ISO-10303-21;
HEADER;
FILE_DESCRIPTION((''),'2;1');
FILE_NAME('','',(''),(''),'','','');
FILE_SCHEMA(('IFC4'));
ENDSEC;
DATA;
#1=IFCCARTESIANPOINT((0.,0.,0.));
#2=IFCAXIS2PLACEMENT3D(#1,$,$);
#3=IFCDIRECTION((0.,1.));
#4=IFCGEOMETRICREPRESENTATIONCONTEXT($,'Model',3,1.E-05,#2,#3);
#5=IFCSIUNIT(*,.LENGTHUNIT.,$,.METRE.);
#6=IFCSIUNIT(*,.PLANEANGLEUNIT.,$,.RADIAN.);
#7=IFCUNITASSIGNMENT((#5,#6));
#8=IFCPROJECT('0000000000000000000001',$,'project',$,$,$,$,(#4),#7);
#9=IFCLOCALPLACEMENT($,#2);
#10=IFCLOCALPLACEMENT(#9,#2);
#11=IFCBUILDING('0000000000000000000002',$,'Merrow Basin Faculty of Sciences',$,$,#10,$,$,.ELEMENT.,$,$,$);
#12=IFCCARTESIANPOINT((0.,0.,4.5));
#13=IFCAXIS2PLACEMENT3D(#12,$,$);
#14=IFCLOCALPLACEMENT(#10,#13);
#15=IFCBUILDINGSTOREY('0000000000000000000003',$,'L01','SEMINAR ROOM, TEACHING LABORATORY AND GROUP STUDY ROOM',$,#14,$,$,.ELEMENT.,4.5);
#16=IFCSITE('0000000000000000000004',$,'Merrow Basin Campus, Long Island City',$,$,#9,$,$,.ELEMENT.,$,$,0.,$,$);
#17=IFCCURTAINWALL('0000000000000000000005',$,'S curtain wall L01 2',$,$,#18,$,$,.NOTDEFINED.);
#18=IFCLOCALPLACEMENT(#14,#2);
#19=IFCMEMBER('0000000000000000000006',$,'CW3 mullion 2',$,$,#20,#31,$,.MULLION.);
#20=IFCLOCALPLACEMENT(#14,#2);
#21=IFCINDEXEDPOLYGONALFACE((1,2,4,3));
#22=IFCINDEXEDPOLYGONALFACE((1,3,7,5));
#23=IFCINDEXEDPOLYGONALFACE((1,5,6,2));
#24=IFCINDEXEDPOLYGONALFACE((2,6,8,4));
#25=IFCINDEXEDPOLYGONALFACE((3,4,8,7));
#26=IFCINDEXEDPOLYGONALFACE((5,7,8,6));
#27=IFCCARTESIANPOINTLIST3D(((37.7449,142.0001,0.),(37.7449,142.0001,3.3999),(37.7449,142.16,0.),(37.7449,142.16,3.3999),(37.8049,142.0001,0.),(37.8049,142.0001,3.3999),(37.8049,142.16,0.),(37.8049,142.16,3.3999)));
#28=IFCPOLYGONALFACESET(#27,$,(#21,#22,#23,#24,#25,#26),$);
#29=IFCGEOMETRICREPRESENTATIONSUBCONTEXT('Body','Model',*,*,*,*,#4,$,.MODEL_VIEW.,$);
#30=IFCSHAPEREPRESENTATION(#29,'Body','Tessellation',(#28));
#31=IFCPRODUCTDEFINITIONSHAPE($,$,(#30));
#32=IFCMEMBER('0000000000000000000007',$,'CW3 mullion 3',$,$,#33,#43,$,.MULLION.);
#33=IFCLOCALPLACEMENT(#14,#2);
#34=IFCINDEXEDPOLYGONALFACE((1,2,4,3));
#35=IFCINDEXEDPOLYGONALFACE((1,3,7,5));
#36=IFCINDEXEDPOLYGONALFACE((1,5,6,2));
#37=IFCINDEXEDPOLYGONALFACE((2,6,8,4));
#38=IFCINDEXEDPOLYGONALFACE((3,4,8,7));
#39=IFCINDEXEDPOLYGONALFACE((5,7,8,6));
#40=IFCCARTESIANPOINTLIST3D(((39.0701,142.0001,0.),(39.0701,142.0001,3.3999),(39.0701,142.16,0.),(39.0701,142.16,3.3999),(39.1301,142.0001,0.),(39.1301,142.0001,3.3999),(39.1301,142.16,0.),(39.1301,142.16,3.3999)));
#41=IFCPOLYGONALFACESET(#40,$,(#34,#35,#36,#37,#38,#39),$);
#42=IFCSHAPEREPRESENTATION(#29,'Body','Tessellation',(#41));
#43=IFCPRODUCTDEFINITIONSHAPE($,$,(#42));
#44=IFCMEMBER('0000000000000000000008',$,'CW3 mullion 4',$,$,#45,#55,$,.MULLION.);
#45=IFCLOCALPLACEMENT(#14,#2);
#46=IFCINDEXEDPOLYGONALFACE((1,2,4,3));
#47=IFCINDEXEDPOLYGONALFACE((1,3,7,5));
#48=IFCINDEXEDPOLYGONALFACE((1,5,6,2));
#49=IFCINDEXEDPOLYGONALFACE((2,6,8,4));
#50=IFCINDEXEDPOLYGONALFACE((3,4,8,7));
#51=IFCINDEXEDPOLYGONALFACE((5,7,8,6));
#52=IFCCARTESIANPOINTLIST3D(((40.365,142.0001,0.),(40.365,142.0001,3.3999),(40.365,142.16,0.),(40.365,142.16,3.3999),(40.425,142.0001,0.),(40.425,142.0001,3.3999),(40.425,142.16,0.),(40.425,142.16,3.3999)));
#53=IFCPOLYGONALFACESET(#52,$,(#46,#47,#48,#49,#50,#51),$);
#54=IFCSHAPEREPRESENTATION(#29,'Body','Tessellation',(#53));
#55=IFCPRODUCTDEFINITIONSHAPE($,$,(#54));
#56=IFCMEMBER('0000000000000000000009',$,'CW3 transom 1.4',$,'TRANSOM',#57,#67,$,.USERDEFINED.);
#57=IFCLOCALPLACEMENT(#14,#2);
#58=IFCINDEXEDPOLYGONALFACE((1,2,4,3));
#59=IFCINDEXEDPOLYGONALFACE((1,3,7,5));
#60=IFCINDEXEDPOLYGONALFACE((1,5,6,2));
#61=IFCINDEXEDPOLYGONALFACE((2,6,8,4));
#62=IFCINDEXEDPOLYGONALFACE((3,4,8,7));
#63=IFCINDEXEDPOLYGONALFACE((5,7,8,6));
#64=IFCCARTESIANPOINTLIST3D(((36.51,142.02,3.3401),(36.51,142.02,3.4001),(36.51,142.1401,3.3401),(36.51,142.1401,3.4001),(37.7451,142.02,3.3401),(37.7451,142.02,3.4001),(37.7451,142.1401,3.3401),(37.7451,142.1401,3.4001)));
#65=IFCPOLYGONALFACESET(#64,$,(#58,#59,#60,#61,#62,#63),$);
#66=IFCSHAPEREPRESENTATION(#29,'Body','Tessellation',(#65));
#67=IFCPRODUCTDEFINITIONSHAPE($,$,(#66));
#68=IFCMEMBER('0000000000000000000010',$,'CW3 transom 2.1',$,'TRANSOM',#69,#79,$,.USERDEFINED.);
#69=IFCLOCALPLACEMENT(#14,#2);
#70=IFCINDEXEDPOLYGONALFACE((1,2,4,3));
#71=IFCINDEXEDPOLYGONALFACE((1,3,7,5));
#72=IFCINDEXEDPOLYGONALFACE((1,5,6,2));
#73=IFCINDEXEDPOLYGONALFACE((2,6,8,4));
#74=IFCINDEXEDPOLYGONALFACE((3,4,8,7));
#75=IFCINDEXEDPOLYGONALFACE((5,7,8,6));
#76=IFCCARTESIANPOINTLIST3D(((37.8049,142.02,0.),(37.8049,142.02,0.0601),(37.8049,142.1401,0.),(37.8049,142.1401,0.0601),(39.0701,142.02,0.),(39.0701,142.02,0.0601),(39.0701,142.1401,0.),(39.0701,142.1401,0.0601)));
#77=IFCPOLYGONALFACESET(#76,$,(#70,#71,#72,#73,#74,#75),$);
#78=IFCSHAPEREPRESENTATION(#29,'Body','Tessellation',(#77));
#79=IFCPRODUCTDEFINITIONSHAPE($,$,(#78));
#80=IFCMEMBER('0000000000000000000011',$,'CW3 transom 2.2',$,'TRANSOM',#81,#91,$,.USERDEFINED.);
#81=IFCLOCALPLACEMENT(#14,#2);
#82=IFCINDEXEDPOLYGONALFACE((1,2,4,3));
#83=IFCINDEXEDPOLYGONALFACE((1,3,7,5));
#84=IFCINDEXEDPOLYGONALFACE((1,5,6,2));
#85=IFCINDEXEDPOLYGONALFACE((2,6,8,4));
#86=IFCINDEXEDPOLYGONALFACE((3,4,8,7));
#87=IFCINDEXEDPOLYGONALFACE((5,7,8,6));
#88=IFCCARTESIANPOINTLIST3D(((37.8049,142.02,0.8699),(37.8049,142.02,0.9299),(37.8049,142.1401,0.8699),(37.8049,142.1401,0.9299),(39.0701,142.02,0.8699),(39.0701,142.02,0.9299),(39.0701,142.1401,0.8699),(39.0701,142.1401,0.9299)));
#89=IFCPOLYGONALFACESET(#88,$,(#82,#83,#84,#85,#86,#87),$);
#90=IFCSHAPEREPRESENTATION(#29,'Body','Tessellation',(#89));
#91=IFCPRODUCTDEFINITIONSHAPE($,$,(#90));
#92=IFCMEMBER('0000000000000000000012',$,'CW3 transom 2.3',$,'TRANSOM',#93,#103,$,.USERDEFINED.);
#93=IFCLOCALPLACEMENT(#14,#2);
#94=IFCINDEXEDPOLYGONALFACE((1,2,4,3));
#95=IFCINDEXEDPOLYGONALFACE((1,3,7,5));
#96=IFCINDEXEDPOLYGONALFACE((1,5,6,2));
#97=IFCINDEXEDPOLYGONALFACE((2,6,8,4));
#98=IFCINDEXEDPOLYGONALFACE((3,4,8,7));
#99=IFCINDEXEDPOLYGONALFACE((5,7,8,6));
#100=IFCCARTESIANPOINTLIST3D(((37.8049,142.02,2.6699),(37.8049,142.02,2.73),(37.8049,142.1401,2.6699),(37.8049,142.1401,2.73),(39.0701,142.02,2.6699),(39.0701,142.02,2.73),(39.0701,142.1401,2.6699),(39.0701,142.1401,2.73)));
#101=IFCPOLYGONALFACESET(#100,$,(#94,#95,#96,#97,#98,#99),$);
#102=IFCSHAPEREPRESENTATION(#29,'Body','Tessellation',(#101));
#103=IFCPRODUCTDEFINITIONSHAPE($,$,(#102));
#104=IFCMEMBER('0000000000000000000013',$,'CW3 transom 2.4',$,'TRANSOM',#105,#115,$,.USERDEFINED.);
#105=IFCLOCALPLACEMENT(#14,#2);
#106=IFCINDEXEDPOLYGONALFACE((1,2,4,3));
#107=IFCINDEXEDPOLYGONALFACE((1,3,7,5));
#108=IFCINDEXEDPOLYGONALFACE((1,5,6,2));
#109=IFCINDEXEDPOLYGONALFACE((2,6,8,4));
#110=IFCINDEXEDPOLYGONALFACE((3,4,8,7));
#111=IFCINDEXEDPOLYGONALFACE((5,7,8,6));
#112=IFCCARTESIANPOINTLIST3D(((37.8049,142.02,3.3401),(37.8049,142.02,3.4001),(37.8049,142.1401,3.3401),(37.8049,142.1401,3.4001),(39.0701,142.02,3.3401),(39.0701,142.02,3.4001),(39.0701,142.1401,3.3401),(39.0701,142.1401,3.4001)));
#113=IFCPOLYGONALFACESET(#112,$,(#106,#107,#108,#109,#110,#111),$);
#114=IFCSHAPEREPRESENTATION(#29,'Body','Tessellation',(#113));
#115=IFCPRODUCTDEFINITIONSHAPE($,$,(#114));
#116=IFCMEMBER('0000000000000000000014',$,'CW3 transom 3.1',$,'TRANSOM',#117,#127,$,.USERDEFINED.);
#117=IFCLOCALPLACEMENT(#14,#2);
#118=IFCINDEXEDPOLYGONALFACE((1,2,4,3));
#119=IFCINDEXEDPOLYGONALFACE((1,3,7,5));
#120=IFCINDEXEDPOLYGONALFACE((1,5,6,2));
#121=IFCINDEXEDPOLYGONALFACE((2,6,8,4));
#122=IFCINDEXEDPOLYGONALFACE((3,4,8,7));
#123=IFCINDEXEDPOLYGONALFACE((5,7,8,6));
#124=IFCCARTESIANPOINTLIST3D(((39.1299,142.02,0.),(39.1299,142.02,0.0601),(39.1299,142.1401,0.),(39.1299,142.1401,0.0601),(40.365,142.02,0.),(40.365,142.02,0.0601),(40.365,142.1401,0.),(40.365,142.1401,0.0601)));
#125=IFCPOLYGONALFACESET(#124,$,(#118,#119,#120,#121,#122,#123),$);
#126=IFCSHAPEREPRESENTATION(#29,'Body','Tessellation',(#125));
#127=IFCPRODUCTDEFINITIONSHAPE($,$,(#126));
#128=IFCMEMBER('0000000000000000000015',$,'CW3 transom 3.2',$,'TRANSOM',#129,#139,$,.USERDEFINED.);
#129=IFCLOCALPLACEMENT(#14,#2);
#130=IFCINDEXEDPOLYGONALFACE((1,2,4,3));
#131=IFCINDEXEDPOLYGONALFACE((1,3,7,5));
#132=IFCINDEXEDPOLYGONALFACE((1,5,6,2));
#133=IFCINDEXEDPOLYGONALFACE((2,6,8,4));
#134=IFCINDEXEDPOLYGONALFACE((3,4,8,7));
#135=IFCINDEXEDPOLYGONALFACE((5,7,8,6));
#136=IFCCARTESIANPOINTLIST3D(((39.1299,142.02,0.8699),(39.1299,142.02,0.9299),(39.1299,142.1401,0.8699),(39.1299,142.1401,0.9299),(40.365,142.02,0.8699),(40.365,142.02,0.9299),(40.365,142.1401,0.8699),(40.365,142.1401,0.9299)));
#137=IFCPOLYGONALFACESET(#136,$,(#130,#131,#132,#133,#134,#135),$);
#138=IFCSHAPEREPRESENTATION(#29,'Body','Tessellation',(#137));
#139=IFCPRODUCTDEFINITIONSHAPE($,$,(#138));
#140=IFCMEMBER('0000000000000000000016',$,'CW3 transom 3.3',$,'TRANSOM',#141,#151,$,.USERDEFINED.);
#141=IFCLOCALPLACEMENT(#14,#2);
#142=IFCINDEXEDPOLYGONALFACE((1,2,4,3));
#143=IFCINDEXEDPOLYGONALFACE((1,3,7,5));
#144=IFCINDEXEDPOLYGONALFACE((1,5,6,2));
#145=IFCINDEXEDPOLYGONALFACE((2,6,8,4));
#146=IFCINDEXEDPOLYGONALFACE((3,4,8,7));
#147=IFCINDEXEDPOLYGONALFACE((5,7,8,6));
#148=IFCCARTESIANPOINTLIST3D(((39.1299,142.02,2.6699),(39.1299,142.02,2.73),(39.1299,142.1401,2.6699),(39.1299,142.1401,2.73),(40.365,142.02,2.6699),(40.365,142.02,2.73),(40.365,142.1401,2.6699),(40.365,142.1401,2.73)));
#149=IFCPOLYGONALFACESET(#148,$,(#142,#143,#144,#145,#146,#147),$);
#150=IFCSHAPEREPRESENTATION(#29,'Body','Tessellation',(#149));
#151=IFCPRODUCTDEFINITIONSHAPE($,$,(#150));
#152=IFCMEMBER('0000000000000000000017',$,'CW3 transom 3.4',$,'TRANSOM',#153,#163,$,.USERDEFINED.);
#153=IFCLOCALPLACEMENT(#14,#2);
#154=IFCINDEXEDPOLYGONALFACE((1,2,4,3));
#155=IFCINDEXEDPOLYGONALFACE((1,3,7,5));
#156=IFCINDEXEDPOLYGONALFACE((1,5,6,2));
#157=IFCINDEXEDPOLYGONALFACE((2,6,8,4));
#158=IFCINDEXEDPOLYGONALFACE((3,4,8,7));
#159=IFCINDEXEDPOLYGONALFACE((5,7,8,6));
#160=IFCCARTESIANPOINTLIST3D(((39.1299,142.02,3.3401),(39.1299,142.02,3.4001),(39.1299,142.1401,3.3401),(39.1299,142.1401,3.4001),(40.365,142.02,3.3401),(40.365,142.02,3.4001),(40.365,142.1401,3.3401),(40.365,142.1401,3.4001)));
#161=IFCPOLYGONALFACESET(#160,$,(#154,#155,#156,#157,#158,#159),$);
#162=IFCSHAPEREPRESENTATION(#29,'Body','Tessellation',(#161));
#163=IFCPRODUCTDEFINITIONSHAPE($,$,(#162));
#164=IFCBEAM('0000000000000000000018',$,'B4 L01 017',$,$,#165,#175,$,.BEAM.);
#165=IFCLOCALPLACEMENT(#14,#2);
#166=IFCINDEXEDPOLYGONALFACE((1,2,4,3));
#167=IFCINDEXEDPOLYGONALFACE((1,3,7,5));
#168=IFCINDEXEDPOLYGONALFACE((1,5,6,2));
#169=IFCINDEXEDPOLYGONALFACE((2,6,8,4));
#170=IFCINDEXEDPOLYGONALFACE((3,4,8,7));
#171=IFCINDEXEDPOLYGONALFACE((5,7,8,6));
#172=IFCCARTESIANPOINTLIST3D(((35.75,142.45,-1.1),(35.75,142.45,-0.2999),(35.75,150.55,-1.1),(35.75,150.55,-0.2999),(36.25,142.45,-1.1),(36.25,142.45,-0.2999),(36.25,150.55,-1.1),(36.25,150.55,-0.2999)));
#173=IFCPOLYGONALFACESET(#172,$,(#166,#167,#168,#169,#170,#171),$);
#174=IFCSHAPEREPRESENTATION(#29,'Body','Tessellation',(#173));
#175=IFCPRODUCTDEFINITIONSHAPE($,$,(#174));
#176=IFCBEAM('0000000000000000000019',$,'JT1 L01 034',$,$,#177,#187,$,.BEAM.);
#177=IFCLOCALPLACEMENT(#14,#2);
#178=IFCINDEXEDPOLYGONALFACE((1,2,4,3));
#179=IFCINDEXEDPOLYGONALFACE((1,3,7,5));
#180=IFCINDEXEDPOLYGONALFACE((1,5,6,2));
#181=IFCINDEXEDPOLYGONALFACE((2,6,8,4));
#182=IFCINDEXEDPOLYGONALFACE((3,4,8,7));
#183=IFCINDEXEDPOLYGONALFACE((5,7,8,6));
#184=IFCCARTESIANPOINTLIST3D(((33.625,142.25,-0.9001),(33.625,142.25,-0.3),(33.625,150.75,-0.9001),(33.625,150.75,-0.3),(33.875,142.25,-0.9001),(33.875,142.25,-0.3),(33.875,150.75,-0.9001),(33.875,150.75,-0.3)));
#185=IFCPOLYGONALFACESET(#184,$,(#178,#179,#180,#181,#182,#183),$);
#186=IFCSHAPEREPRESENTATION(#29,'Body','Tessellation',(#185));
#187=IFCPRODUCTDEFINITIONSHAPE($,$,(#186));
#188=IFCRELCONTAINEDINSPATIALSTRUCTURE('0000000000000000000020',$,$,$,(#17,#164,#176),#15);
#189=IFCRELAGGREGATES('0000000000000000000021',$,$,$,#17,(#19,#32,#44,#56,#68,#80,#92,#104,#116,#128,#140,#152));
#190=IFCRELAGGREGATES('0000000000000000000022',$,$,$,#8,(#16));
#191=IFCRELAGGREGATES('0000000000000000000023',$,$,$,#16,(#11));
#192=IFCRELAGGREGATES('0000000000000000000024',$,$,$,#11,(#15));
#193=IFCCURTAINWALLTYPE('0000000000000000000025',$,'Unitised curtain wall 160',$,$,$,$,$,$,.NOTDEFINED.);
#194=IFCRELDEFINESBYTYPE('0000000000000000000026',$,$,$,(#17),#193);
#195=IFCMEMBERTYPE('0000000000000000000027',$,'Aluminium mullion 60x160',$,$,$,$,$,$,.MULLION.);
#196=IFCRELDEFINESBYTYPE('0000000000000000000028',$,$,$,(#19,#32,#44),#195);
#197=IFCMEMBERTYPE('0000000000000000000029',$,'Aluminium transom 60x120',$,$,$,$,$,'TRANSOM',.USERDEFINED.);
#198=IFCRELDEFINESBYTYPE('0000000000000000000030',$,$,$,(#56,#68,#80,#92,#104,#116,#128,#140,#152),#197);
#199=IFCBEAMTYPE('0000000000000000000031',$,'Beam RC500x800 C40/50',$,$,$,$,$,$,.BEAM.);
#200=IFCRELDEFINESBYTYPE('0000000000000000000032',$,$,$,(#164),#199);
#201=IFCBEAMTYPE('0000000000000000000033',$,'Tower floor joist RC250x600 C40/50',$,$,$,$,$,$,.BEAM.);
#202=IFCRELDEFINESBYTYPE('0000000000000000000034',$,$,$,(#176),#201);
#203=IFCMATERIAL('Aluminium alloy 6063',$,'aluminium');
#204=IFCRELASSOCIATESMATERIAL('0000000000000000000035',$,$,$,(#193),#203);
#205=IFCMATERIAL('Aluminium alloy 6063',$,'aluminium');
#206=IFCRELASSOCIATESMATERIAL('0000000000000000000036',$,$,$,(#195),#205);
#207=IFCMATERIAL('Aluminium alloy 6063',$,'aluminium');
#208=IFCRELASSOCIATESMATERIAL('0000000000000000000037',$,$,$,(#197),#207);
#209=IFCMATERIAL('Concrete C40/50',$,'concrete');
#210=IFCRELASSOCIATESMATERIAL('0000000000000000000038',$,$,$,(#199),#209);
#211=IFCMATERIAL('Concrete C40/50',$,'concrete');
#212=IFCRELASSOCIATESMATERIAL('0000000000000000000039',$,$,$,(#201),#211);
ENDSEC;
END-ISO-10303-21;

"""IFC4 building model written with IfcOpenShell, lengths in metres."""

from ifc_helpers import new_model, si_unit, direction, frame, origin, origin_2d, place, context, subcontext, project, spatial, rectangle, extrude, material, material_profile, profile_set, type_object, element, aggregate, save


model = new_model("IFC4")

# Units and contexts
model_context = context("Model", 3, precision=1e-05, world=origin(), true_north=direction((0.0, 1.0)))
body_context = subcontext(model_context, "Body", "Model", "MODEL_VIEW")
ifc_project = project(units=[si_unit("LENGTHUNIT", "METRE"), si_unit("PLANEANGLEUNIT", "RADIAN")], contexts=[model_context])

# Site, building, storey
site_placement = place(None, origin())
site = spatial("IfcSite", under=ifc_project, at=site_placement, Name="Merrow Basin Campus, Long Island City", CompositionType="ELEMENT", RefElevation=0.0)
building_placement = place(site_placement, origin())
building = spatial("IfcBuilding", under=site, at=building_placement, Name="Merrow Basin Faculty of Sciences", CompositionType="ELEMENT")
storey_placement = place(building_placement, frame((0.0, 0.0, 4.5)))
storey = spatial("IfcBuildingStorey", under=building, at=storey_placement, Name="L01", Description="SEMINAR ROOM, TEACHING LABORATORY AND GROUP STUDY ROOM", CompositionType="ELEMENT", Elevation=4.5)

# Curtain wall, members
ifc_material_1 = material(Name="Aluminium alloy 6063", Category="aluminium")
curtain_wall_type = type_object("IfcCurtainWallType", Name="Unitised curtain wall 160", PredefinedType="NOTDEFINED", material=ifc_material_1)
curtain_wall_placement = place(storey_placement, origin())
curtain_wall = element("IfcCurtainWall", 1, at=curtain_wall_placement, inside=storey, type_object=curtain_wall_type, Name="S curtain wall L01 2", PredefinedType="NOTDEFINED")
ifc_material_2 = material(Name="Aluminium alloy 6063", Category="aluminium")
ifc_material_profile_1 = material_profile(ifc_material_2, rectangle(XDim=0.1599, YDim=0.0601, at=origin_2d()))
ifc_profile_set_1 = profile_set([ifc_material_profile_1], Name="Aluminium alloy 6063")
member_type_1 = type_object("IfcMemberType", Name="Aluminium mullion 60x160", PredefinedType="MULLION", material=ifc_profile_set_1)
member_1_placement = place(storey_placement, frame((37.7749, 142.0801, 0.0), z_axis=(0.0, 0.0, 1.0), x_axis=(0.0, 1.0, 0.0)))
member_1 = element("IfcMember", 2, at=member_1_placement, type_object=member_type_1, Name="CW3 mullion 2", PredefinedType="MULLION", context=body_context, shape_type="SweptSolid", body=[
    extrude(rectangle(XDim=0.1599, YDim=0.0601, at=origin_2d()), origin(), (0.0, 0.0, 1.0), 3.3999),
])
member_2_placement = place(storey_placement, frame((39.1001, 142.0801, 0.0), z_axis=(0.0, 0.0, 1.0), x_axis=(0.0, 1.0, 0.0)))
member_2 = element("IfcMember", 3, at=member_2_placement, type_object=member_type_1, Name="CW3 mullion 3", PredefinedType="MULLION", context=body_context, shape_type="SweptSolid", body=[
    extrude(rectangle(XDim=0.1599, YDim=0.0601, at=origin_2d()), origin(), (0.0, 0.0, 1.0), 3.3999),
])
member_3_placement = place(storey_placement, frame((40.395, 142.0801, 0.0), z_axis=(0.0, 0.0, 1.0), x_axis=(0.0, 1.0, 0.0)))
member_3 = element("IfcMember", 4, at=member_3_placement, type_object=member_type_1, Name="CW3 mullion 4", PredefinedType="MULLION", context=body_context, shape_type="SweptSolid", body=[
    extrude(rectangle(XDim=0.1599, YDim=0.0601, at=origin_2d()), origin(), (0.0, 0.0, 1.0), 3.3999),
])
ifc_material_3 = material(Name="Aluminium alloy 6063", Category="aluminium")
ifc_material_profile_2 = material_profile(ifc_material_3, rectangle(XDim=0.1201, YDim=0.0601, at=origin_2d()))
ifc_profile_set_2 = profile_set([ifc_material_profile_2], Name="Aluminium alloy 6063")
member_type_2 = type_object("IfcMemberType", Name="Aluminium transom 60x120", ElementType="TRANSOM", PredefinedType="USERDEFINED", material=ifc_profile_set_2)
member_4_placement = place(storey_placement, frame((36.51, 142.0801, 3.3701), z_axis=(1.0, 0.0, 0.0), x_axis=(0.0, 1.0, 0.0)))
member_4 = element("IfcMember", 5, at=member_4_placement, type_object=member_type_2, Name="CW3 transom 1.4", ObjectType="TRANSOM", PredefinedType="USERDEFINED", context=body_context, shape_type="SweptSolid", body=[
    extrude(rectangle(XDim=0.1201, YDim=0.0601, at=origin_2d()), origin(), (0.0, 0.0, 1.0), 1.2351),
])
member_5_placement = place(storey_placement, frame((37.8049, 142.0801, 0.03), z_axis=(1.0, 0.0, 0.0), x_axis=(0.0, 1.0, 0.0)))
member_5 = element("IfcMember", 6, at=member_5_placement, type_object=member_type_2, Name="CW3 transom 2.1", ObjectType="TRANSOM", PredefinedType="USERDEFINED", context=body_context, shape_type="SweptSolid", body=[
    extrude(rectangle(XDim=0.1201, YDim=0.0601, at=origin_2d()), origin(), (0.0, 0.0, 1.0), 1.2651),
])
member_6_placement = place(storey_placement, frame((37.8049, 142.0801, 0.8999), z_axis=(1.0, 0.0, 0.0), x_axis=(0.0, 1.0, 0.0)))
member_6 = element("IfcMember", 7, at=member_6_placement, type_object=member_type_2, Name="CW3 transom 2.2", ObjectType="TRANSOM", PredefinedType="USERDEFINED", context=body_context, shape_type="SweptSolid", body=[
    extrude(rectangle(XDim=0.1201, YDim=0.0601, at=origin_2d()), origin(), (0.0, 0.0, 1.0), 1.2651),
])
member_7_placement = place(storey_placement, frame((37.8049, 142.0801, 2.7), z_axis=(1.0, 0.0, 0.0), x_axis=(0.0, 1.0, 0.0)))
member_7 = element("IfcMember", 8, at=member_7_placement, type_object=member_type_2, Name="CW3 transom 2.3", ObjectType="TRANSOM", PredefinedType="USERDEFINED", context=body_context, shape_type="SweptSolid", body=[
    extrude(rectangle(XDim=0.1201, YDim=0.0601, at=origin_2d()), origin(), (0.0, 0.0, 1.0), 1.2651),
])
member_8_placement = place(storey_placement, frame((37.8049, 142.0801, 3.3701), z_axis=(1.0, 0.0, 0.0), x_axis=(0.0, 1.0, 0.0)))
member_8 = element("IfcMember", 9, at=member_8_placement, type_object=member_type_2, Name="CW3 transom 2.4", ObjectType="TRANSOM", PredefinedType="USERDEFINED", context=body_context, shape_type="SweptSolid", body=[
    extrude(rectangle(XDim=0.1201, YDim=0.0601, at=origin_2d()), origin(), (0.0, 0.0, 1.0), 1.2651),
])
member_9_placement = place(storey_placement, frame((39.1299, 142.0801, 0.03), z_axis=(1.0, 0.0, 0.0), x_axis=(0.0, 1.0, 0.0)))
member_9 = element("IfcMember", 10, at=member_9_placement, type_object=member_type_2, Name="CW3 transom 3.1", ObjectType="TRANSOM", PredefinedType="USERDEFINED", context=body_context, shape_type="SweptSolid", body=[
    extrude(rectangle(XDim=0.1201, YDim=0.0601, at=origin_2d()), origin(), (0.0, 0.0, 1.0), 1.2351),
])
member_10_placement = place(storey_placement, frame((39.1299, 142.0801, 0.8999), z_axis=(1.0, 0.0, 0.0), x_axis=(0.0, 1.0, 0.0)))
member_10 = element("IfcMember", 11, at=member_10_placement, type_object=member_type_2, Name="CW3 transom 3.2", ObjectType="TRANSOM", PredefinedType="USERDEFINED", context=body_context, shape_type="SweptSolid", body=[
    extrude(rectangle(XDim=0.1201, YDim=0.0601, at=origin_2d()), origin(), (0.0, 0.0, 1.0), 1.2351),
])
member_11_placement = place(storey_placement, frame((39.1299, 142.0801, 2.7), z_axis=(1.0, 0.0, 0.0), x_axis=(0.0, 1.0, 0.0)))
member_11 = element("IfcMember", 12, at=member_11_placement, type_object=member_type_2, Name="CW3 transom 3.3", ObjectType="TRANSOM", PredefinedType="USERDEFINED", context=body_context, shape_type="SweptSolid", body=[
    extrude(rectangle(XDim=0.1201, YDim=0.0601, at=origin_2d()), origin(), (0.0, 0.0, 1.0), 1.2351),
])
member_12_placement = place(storey_placement, frame((39.1299, 142.0801, 3.3701), z_axis=(1.0, 0.0, 0.0), x_axis=(0.0, 1.0, 0.0)))
member_12 = element("IfcMember", 13, at=member_12_placement, type_object=member_type_2, Name="CW3 transom 3.4", ObjectType="TRANSOM", PredefinedType="USERDEFINED", context=body_context, shape_type="SweptSolid", body=[
    extrude(rectangle(XDim=0.1201, YDim=0.0601, at=origin_2d()), origin(), (0.0, 0.0, 1.0), 1.2351),
])

# Beams
ifc_material_4 = material(Name="Concrete C40/50", Category="concrete")
ifc_material_profile_3 = material_profile(ifc_material_4, rectangle(XDim=0.5, YDim=0.8, at=origin_2d()))
ifc_profile_set_3 = profile_set([ifc_material_profile_3], Name="Concrete C40/50")
beam_type_1 = type_object("IfcBeamType", Name="Beam RC500x800 C40/50", PredefinedType="BEAM", material=ifc_profile_set_3)
beam_placement = place(storey_placement, frame((36.0, 142.45, -0.7), z_axis=(0.0, 1.0, 0.0), x_axis=(-1.0, 0.0, 0.0)))
element("IfcBeam", 14, at=beam_placement, inside=storey, type_object=beam_type_1, Name="B4 L01 017", PredefinedType="BEAM", context=body_context, shape_type="SweptSolid", body=[
    extrude(rectangle(XDim=0.5, YDim=0.8, at=origin_2d()), origin(), (0.0, 0.0, 1.0), 8.1001),
])
ifc_material_5 = material(Name="Concrete C40/50", Category="concrete")
ifc_material_profile_4 = material_profile(ifc_material_5, rectangle(XDim=0.25, YDim=0.6001, at=origin_2d()))
ifc_profile_set_4 = profile_set([ifc_material_profile_4], Name="Concrete C40/50")
beam_type_2 = type_object("IfcBeamType", Name="Tower floor joist RC250x600 C40/50", PredefinedType="BEAM", material=ifc_profile_set_4)
for number, where, z_axis, x_axis, name in (
    (15, (33.75, 142.25, -0.6001), (0.0, 1.0, 0.0), (-1.0, 0.0, 0.0), "JT1 L01 034"),
):
    element("IfcBeam", number, at=place(storey_placement, frame(where, z_axis=z_axis, x_axis=x_axis)), inside=storey, type_object=beam_type_2, Name=name, PredefinedType="BEAM", context=body_context, shape_type="SweptSolid", body=[
        extrude(rectangle(XDim=0.25, YDim=0.6001, at=origin_2d()), origin(), (0.0, 0.0, 1.0), 8.5),
    ])

aggregate(curtain_wall, [member_1, member_2, member_3, member_4, member_5, member_6, member_7, member_8, member_9, member_10, member_11, member_12])

save(model, "model.ifc")
